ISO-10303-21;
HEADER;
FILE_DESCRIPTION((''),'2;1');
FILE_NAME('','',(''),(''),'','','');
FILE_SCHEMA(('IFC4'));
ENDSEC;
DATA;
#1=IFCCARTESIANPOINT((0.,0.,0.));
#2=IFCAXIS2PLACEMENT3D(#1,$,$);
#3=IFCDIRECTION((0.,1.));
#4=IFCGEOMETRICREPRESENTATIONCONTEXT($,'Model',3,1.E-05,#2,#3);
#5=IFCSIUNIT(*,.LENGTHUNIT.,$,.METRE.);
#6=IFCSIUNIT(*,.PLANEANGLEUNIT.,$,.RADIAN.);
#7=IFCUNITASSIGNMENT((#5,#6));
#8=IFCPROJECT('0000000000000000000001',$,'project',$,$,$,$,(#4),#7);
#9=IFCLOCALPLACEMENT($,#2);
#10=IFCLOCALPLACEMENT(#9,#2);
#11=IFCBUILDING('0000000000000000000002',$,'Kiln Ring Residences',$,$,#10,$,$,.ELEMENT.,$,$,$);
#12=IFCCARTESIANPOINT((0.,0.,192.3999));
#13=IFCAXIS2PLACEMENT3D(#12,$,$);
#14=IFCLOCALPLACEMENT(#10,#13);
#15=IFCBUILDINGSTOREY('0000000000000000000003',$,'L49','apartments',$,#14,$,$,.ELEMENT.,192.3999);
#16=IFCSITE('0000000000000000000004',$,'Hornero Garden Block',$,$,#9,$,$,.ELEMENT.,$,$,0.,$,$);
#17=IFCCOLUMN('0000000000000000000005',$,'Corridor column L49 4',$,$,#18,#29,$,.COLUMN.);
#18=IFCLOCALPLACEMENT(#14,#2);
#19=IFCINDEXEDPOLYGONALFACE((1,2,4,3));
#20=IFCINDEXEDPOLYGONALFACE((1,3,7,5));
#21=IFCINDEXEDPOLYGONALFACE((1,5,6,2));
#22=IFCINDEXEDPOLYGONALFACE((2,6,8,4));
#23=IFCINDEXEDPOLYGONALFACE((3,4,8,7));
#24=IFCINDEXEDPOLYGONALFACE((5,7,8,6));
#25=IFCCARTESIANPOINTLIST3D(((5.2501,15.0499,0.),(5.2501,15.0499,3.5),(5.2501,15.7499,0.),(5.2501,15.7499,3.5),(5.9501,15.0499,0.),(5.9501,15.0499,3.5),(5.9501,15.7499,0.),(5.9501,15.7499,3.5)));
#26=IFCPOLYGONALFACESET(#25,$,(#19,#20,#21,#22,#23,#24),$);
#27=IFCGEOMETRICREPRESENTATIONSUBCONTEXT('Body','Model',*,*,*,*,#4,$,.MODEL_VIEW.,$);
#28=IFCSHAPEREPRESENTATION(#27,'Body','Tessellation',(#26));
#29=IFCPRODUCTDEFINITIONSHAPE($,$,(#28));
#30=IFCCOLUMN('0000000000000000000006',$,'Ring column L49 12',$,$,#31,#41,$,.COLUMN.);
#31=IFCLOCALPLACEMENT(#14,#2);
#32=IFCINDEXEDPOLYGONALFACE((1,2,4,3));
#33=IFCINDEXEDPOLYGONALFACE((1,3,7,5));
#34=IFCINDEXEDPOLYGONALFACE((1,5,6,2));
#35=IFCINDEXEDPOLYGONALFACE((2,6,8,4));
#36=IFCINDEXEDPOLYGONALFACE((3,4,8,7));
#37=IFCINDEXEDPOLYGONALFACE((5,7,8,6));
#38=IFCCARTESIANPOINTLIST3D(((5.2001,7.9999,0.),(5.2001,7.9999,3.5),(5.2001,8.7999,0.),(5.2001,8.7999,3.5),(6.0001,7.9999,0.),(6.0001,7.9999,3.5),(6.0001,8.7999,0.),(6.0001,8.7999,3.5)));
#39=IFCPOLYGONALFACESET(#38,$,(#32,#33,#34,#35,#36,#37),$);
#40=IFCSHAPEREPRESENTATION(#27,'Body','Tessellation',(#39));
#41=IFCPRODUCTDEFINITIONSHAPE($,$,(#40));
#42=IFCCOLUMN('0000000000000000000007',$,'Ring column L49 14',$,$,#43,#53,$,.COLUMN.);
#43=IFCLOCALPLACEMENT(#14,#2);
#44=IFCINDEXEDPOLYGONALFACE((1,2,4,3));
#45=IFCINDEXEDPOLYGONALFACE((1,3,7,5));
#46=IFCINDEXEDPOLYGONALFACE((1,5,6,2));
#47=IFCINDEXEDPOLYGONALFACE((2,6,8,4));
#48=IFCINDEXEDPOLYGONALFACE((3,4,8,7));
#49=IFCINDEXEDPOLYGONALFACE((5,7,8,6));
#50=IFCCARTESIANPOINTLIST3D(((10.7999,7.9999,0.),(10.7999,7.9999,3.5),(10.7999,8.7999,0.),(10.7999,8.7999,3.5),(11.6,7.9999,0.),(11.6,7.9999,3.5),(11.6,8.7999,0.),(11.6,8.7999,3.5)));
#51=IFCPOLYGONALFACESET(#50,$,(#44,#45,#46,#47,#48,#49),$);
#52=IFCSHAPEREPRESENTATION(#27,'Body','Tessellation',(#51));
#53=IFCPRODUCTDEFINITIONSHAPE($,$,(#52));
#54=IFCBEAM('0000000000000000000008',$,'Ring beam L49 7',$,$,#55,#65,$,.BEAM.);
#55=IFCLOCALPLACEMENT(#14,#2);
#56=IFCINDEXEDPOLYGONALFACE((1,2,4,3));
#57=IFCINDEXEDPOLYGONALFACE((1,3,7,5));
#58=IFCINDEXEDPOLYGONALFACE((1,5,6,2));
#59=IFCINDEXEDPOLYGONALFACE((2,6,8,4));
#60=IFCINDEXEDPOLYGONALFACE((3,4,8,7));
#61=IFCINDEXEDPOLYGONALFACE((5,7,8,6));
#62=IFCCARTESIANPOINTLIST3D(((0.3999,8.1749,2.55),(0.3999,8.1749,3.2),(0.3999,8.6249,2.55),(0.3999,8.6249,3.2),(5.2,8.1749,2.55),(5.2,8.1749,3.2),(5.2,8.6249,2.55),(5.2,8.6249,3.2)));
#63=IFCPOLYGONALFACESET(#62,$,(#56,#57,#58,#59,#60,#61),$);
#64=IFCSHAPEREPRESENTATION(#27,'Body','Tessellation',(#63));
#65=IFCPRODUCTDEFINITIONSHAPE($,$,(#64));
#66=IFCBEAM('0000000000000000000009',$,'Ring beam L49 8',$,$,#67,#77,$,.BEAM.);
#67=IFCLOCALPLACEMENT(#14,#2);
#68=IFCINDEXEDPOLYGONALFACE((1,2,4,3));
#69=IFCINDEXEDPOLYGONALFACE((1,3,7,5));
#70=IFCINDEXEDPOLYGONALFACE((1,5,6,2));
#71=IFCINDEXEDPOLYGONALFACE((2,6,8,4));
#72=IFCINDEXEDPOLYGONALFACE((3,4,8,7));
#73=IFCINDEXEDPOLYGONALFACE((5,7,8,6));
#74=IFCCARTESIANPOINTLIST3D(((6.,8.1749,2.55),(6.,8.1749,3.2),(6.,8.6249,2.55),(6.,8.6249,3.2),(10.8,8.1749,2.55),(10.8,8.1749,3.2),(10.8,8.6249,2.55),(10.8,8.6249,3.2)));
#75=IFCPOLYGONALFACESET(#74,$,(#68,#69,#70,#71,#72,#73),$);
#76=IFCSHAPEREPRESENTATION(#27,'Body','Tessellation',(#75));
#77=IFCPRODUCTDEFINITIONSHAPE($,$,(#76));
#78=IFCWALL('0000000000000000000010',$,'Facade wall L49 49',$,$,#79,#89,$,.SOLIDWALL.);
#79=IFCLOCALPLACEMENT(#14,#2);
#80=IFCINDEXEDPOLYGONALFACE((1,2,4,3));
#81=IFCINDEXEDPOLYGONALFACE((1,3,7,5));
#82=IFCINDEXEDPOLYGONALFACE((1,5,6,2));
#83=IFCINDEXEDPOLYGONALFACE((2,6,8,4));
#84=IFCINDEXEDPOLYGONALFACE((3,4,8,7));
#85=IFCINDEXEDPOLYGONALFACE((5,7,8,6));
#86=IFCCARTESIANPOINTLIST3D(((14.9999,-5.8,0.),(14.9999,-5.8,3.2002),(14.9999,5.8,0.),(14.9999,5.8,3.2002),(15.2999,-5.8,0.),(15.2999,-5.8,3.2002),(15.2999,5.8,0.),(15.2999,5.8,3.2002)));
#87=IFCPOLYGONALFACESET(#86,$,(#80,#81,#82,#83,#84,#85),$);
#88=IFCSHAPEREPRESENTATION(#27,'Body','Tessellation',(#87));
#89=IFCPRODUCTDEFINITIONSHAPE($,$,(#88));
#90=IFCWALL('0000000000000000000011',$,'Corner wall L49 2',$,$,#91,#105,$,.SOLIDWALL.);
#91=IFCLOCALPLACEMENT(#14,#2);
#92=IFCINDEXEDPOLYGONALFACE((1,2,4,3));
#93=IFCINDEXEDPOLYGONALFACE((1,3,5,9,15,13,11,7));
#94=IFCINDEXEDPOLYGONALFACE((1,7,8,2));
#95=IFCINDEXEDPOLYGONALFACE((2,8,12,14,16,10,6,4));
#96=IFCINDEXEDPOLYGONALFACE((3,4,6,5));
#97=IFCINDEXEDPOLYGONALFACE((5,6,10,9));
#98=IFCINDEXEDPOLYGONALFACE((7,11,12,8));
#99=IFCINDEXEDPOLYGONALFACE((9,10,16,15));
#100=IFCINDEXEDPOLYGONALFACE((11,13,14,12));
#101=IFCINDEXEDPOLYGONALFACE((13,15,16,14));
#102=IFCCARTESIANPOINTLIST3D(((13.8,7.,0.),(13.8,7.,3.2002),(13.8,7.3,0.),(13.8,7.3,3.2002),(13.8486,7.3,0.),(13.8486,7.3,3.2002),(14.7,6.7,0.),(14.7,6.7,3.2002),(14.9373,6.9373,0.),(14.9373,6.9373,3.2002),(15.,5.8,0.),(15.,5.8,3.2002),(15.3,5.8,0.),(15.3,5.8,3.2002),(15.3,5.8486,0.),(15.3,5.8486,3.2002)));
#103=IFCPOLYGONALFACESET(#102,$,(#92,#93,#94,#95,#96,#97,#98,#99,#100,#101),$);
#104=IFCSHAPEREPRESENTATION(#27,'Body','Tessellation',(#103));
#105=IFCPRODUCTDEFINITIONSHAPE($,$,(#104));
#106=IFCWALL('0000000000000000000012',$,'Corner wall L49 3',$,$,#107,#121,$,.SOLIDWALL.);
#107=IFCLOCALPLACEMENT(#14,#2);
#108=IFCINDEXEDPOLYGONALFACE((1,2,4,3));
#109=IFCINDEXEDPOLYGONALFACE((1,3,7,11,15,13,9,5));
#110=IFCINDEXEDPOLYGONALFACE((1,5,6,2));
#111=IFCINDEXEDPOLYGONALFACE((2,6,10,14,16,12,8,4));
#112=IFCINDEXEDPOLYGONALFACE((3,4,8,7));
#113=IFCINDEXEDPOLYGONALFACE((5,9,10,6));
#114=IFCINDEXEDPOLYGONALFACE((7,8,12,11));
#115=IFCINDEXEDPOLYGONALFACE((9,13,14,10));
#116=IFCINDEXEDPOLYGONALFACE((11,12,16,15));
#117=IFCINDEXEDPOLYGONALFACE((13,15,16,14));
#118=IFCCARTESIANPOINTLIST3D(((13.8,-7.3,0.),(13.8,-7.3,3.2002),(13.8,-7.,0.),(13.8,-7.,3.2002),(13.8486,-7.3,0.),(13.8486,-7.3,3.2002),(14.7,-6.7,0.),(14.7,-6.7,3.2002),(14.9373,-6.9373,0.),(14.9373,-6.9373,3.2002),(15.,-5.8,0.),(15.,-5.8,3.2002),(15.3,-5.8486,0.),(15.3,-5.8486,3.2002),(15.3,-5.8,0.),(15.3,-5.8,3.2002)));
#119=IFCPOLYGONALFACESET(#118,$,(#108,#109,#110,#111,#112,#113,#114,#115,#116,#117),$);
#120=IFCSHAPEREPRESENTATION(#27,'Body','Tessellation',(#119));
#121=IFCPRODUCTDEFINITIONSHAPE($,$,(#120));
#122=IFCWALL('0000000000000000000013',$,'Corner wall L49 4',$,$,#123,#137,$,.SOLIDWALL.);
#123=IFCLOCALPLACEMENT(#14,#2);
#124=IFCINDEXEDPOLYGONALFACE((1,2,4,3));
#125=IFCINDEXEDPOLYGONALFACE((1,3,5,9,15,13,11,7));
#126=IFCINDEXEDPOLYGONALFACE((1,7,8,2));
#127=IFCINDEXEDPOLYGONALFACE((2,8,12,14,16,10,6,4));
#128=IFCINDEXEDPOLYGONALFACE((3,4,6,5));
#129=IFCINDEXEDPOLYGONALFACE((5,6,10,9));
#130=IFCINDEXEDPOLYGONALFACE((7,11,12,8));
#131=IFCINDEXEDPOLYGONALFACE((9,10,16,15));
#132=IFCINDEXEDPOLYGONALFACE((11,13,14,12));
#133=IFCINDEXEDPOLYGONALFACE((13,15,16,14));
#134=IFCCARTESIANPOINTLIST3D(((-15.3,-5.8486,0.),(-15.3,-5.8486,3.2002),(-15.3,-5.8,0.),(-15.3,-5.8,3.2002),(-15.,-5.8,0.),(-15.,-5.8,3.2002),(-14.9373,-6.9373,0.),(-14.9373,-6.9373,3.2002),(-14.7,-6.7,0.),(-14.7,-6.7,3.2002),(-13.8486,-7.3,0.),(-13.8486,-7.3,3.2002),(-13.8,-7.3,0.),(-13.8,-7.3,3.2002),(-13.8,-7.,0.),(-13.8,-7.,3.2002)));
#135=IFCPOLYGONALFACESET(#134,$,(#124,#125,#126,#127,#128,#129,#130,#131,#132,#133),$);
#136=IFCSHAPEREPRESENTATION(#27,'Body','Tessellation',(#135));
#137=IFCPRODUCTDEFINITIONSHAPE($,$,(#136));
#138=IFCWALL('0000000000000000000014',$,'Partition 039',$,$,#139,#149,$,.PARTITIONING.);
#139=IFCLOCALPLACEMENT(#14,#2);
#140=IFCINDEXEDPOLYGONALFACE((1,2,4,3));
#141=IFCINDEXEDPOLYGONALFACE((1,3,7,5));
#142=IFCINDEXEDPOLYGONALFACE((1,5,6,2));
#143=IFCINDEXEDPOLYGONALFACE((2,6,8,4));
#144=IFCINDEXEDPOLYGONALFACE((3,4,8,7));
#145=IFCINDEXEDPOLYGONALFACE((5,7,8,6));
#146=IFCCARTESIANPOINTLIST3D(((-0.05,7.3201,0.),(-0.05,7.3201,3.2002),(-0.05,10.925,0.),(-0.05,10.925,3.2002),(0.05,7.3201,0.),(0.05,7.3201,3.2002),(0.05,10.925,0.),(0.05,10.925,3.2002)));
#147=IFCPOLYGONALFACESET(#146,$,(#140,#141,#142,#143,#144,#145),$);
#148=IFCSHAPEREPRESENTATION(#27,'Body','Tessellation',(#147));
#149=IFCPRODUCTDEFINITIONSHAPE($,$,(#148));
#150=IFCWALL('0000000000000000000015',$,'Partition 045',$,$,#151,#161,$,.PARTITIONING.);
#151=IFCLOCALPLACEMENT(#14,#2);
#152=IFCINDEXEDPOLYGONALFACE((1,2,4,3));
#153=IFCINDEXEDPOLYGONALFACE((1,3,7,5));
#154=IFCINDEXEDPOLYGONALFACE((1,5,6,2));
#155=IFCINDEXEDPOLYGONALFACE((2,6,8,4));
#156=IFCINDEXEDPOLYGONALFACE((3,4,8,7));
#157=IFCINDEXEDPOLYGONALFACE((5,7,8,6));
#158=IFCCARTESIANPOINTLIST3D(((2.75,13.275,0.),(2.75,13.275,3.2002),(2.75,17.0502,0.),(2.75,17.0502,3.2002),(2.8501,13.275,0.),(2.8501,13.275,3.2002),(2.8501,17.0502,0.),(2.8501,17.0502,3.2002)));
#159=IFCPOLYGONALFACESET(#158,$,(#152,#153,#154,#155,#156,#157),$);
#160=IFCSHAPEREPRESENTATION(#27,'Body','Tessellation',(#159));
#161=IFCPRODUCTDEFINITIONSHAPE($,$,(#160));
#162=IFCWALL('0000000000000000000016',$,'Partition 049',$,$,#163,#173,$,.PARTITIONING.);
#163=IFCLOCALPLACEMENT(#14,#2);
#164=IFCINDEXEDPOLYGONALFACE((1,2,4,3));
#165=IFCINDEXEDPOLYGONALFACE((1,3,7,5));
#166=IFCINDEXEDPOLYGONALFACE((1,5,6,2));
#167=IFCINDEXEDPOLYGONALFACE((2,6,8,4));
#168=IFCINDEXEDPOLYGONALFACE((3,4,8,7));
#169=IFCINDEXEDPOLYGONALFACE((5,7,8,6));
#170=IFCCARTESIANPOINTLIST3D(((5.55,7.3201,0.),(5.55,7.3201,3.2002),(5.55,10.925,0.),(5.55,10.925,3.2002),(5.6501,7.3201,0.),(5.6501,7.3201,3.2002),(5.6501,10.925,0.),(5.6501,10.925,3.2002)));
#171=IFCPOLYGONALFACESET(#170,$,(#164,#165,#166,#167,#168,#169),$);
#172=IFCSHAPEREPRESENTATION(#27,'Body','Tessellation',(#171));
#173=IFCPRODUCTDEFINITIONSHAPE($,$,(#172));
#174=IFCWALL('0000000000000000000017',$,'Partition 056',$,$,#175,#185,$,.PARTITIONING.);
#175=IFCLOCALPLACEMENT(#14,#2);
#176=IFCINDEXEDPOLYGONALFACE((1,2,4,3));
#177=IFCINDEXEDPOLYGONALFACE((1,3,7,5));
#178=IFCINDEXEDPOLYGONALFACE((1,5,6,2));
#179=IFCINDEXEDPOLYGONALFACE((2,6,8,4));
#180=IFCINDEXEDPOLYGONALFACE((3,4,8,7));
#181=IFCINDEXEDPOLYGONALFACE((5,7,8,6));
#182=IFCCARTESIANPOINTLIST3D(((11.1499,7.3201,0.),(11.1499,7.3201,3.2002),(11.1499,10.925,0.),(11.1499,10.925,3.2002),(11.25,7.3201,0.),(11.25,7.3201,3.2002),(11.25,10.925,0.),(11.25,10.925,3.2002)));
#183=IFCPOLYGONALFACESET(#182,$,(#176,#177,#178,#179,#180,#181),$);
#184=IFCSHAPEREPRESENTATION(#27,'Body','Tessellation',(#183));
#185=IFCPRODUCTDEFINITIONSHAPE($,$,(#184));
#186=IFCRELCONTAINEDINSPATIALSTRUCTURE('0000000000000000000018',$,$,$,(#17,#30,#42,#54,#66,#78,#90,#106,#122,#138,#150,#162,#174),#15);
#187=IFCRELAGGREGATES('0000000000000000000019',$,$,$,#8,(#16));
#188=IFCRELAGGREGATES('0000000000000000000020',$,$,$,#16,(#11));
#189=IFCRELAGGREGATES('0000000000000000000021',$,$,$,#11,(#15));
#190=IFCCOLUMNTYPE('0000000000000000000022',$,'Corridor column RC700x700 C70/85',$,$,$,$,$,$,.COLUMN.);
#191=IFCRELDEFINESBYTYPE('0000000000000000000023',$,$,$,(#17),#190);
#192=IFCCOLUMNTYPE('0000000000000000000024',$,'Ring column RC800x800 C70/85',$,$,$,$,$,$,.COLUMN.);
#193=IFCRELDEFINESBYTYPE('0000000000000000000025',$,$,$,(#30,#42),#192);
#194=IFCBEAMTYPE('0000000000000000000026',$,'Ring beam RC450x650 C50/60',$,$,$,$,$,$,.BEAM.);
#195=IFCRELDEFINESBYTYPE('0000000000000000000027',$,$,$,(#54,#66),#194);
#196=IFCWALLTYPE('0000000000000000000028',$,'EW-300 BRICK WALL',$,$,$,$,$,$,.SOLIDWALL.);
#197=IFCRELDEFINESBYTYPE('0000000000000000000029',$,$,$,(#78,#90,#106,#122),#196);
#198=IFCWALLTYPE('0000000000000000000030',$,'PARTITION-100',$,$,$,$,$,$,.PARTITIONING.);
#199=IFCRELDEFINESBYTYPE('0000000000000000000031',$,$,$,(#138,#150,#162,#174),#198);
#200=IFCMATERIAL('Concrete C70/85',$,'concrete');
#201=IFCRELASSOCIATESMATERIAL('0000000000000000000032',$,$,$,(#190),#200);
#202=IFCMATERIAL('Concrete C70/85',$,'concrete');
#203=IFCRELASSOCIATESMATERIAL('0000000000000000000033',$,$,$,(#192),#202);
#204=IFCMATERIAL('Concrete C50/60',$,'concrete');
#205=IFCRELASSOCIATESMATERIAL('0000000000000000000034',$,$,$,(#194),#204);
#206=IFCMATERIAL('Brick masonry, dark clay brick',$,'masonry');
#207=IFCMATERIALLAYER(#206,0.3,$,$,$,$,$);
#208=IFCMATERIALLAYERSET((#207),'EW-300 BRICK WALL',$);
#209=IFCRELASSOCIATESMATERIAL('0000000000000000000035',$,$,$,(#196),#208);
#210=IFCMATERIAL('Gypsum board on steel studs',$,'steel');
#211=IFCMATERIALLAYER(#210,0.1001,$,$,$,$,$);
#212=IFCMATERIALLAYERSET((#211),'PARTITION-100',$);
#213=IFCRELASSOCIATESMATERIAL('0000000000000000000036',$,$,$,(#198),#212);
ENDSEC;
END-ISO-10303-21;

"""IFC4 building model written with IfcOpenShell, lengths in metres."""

from ifc_helpers import new_model, si_unit, direction, frame, frame_2d, origin, origin_2d, place, context, subcontext, project, spatial, polyline, rectangle, outline, extrude, material, layer, layer_set, material_profile, profile_set, type_object, element, save


model = new_model("IFC4")

# Units and contexts
model_context = context("Model", 3, precision=1e-05, world=origin(), true_north=direction((0.0, 1.0)))
body_context = subcontext(model_context, "Body", "Model", "MODEL_VIEW")
ifc_project = project(units=[si_unit("LENGTHUNIT", "METRE"), si_unit("PLANEANGLEUNIT", "RADIAN")], contexts=[model_context])

# Site, building, storey
site_placement = place(None, origin())
site = spatial("IfcSite", under=ifc_project, at=site_placement, Name="Hornero Garden Block", CompositionType="ELEMENT", RefElevation=0.0)
building_placement = place(site_placement, origin())
building = spatial("IfcBuilding", under=site, at=building_placement, Name="Kiln Ring Residences", CompositionType="ELEMENT")
storey_placement = place(building_placement, frame((0.0, 0.0, 192.3999)))
storey = spatial("IfcBuildingStorey", under=building, at=storey_placement, Name="L49", Description="apartments", CompositionType="ELEMENT", Elevation=192.3999)

# Columns
ifc_material_1 = material(Name="Concrete C70/85", Category="concrete")
ifc_material_profile_1 = material_profile(ifc_material_1, rectangle(XDim=0.7, YDim=0.7, at=origin_2d()), Name="RC700x700")
ifc_profile_set_1 = profile_set([ifc_material_profile_1], Name="Concrete C70/85")
column_type_1 = type_object("IfcColumnType", Name="Corridor column RC700x700 C70/85", PredefinedType="COLUMN", material=ifc_profile_set_1)
column_placement = place(storey_placement, frame((5.6001, 15.3999, 0.0), z_axis=(0.0, 0.0, 1.0), x_axis=(1.0, 0.0, 0.0)))
element("IfcColumn", 1, at=column_placement, inside=storey, type_object=column_type_1, Name="Corridor column L49 4", PredefinedType="COLUMN", context=body_context, shape_type="SweptSolid", body=[
    extrude(rectangle(XDim=0.7, YDim=0.7, at=origin_2d()), origin(), (0.0, 0.0, 1.0), 3.5),
])
ifc_material_2 = material(Name="Concrete C70/85", Category="concrete")
ifc_material_profile_2 = material_profile(ifc_material_2, rectangle(XDim=0.8, YDim=0.8, at=origin_2d()), Name="RC800x800")
ifc_profile_set_2 = profile_set([ifc_material_profile_2], Name="Concrete C70/85")
column_type_2 = type_object("IfcColumnType", Name="Ring column RC800x800 C70/85", PredefinedType="COLUMN", material=ifc_profile_set_2)
for number, where, z_axis, x_axis, name in (
    (2, (5.6001, 8.3999, 0.0), (0.0, 0.0, 1.0), (1.0, 0.0, 0.0), "Ring column L49 12"),
    (3, (11.2, 8.3999, 0.0), (0.0, 0.0, 1.0), (1.0, 0.0, 0.0), "Ring column L49 14"),
):
    element("IfcColumn", number, at=place(storey_placement, frame(where, z_axis=z_axis, x_axis=x_axis)), inside=storey, type_object=column_type_2, Name=name, PredefinedType="COLUMN", context=body_context, shape_type="SweptSolid", body=[
        extrude(rectangle(XDim=0.8, YDim=0.8, at=origin_2d()), origin(), (0.0, 0.0, 1.0), 3.5),
    ])

# Beams
ifc_material_3 = material(Name="Concrete C50/60", Category="concrete")
ifc_material_profile_3 = material_profile(ifc_material_3, rectangle(XDim=0.45, YDim=0.6499, at=origin_2d()), Name="RC450x650")
ifc_profile_set_3 = profile_set([ifc_material_profile_3], Name="Concrete C50/60")
beam_type = type_object("IfcBeamType", Name="Ring beam RC450x650 C50/60", PredefinedType="BEAM", material=ifc_profile_set_3)
for number, where, z_axis, x_axis, name in (
    (4, (0.3999, 8.3999, 2.875), (1.0, 0.0, 0.0), (0.0, 1.0, 0.0), "Ring beam L49 7"),
    (5, (6.0, 8.3999, 2.875), (1.0, 0.0, 0.0), (0.0, 1.0, 0.0), "Ring beam L49 8"),
):
    element("IfcBeam", number, at=place(storey_placement, frame(where, z_axis=z_axis, x_axis=x_axis)), inside=storey, type_object=beam_type, Name=name, PredefinedType="BEAM", context=body_context, shape_type="SweptSolid", body=[
        extrude(rectangle(XDim=0.45, YDim=0.6499, at=origin_2d()), origin(), (0.0, 0.0, 1.0), 4.8),
    ])

# Walls
ifc_material_4 = material(Name="Brick masonry, dark clay brick", Category="masonry")
ifc_layer_1 = layer(ifc_material_4, 0.3)
ifc_layer_set_1 = layer_set([ifc_layer_1], Name="EW-300 BRICK WALL")
wall_type_1 = type_object("IfcWallType", Name="EW-300 BRICK WALL", PredefinedType="SOLIDWALL", material=ifc_layer_set_1)
wall_1_placement = place(storey_placement, frame((15.1499, 5.8, 0.0), z_axis=(0.0, 0.0, 1.0), x_axis=(0.0, -1.0, 0.0)))
element("IfcWall", 6, at=wall_1_placement, inside=storey, type_object=wall_type_1, Name="Facade wall L49 49", PredefinedType="SOLIDWALL", context=body_context, shape_type="SweptSolid", body=[
    extrude(rectangle(XDim=11.6001, YDim=0.3, at=frame_2d((5.8, 0.0))), origin(), (0.0, 0.0, 1.0), 3.2002),
])
placement = place(storey_placement, origin())
element("IfcWall", 7, at=placement, inside=storey, type_object=wall_type_1, Name="Corner wall L49 2", PredefinedType="SOLIDWALL", context=body_context, shape_type="SweptSolid", body=[
    extrude(outline(polyline([(14.9373, 6.9373), (13.8486, 7.3), (13.8, 7.3), (13.8, 7.0), (14.7, 6.7), (15.0, 5.8), (15.3, 5.8), (15.3, 5.8486), (14.9373, 6.9373)])), origin(), (0.0, 0.0, 1.0), 3.2002),
])
element("IfcWall", 8, at=placement, inside=storey, type_object=wall_type_1, Name="Corner wall L49 3", PredefinedType="SOLIDWALL", context=body_context, shape_type="SweptSolid", body=[
    extrude(outline(polyline([(14.9373, -6.9373), (15.3, -5.8486), (15.3, -5.8), (15.0, -5.8), (14.7, -6.7), (13.8, -7.0), (13.8, -7.3), (13.8486, -7.3), (14.9373, -6.9373)])), origin(), (0.0, 0.0, 1.0), 3.2002),
])
element("IfcWall", 9, at=placement, inside=storey, type_object=wall_type_1, Name="Corner wall L49 4", PredefinedType="SOLIDWALL", context=body_context, shape_type="SweptSolid", body=[
    extrude(outline(polyline([(-14.9373, -6.9373), (-13.8486, -7.3), (-13.8, -7.3), (-13.8, -7.0), (-14.7, -6.7), (-15.0, -5.8), (-15.3, -5.8), (-15.3, -5.8486), (-14.9373, -6.9373)])), origin(), (0.0, 0.0, 1.0), 3.2002),
])
ifc_material_5 = material(Name="Gypsum board on steel studs", Category="steel")
ifc_layer_2 = layer(ifc_material_5, 0.1001)
ifc_layer_set_2 = layer_set([ifc_layer_2], Name="PARTITION-100")
wall_type_2 = type_object("IfcWallType", Name="PARTITION-100", PredefinedType="PARTITIONING", material=ifc_layer_set_2)
wall_2_placement = place(storey_placement, frame((0.0, 7.3201, 0.0), z_axis=(0.0, 0.0, 1.0), x_axis=(0.0, 1.0, 0.0)))
element("IfcWall", 10, at=wall_2_placement, inside=storey, type_object=wall_type_2, Name="Partition 039", PredefinedType="PARTITIONING", context=body_context, shape_type="SweptSolid", body=[
    extrude(rectangle(XDim=3.605, YDim=0.1001, at=frame_2d((1.8025, 0.0))), origin(), (0.0, 0.0, 1.0), 3.2002),
])
wall_3_placement = place(storey_placement, frame((2.8, 13.2749, 0.0), z_axis=(0.0, 0.0, 1.0), x_axis=(0.0, 1.0, 0.0)))
element("IfcWall", 11, at=wall_3_placement, inside=storey, type_object=wall_type_2, Name="Partition 045", PredefinedType="PARTITIONING", context=body_context, shape_type="SweptSolid", body=[
    extrude(rectangle(XDim=3.7751, YDim=0.1001, at=frame_2d((1.8877, 0.0))), origin(), (0.0, 0.0, 1.0), 3.2002),
])
for number, where, z_axis, x_axis, name in (
    (12, (5.6001, 7.3201, 0.0), (0.0, 0.0, 1.0), (0.0, 1.0, 0.0), "Partition 049"),
    (13, (11.2, 7.3201, 0.0), (0.0, 0.0, 1.0), (0.0, 1.0, 0.0), "Partition 056"),
):
    element("IfcWall", number, at=place(storey_placement, frame(where, z_axis=z_axis, x_axis=x_axis)), inside=storey, type_object=wall_type_2, Name=name, PredefinedType="PARTITIONING", context=body_context, shape_type="SweptSolid", body=[
        extrude(rectangle(XDim=3.605, YDim=0.1001, at=frame_2d((1.8025, 0.0))), origin(), (0.0, 0.0, 1.0), 3.2002),
    ])

save(model, "model.ifc")
